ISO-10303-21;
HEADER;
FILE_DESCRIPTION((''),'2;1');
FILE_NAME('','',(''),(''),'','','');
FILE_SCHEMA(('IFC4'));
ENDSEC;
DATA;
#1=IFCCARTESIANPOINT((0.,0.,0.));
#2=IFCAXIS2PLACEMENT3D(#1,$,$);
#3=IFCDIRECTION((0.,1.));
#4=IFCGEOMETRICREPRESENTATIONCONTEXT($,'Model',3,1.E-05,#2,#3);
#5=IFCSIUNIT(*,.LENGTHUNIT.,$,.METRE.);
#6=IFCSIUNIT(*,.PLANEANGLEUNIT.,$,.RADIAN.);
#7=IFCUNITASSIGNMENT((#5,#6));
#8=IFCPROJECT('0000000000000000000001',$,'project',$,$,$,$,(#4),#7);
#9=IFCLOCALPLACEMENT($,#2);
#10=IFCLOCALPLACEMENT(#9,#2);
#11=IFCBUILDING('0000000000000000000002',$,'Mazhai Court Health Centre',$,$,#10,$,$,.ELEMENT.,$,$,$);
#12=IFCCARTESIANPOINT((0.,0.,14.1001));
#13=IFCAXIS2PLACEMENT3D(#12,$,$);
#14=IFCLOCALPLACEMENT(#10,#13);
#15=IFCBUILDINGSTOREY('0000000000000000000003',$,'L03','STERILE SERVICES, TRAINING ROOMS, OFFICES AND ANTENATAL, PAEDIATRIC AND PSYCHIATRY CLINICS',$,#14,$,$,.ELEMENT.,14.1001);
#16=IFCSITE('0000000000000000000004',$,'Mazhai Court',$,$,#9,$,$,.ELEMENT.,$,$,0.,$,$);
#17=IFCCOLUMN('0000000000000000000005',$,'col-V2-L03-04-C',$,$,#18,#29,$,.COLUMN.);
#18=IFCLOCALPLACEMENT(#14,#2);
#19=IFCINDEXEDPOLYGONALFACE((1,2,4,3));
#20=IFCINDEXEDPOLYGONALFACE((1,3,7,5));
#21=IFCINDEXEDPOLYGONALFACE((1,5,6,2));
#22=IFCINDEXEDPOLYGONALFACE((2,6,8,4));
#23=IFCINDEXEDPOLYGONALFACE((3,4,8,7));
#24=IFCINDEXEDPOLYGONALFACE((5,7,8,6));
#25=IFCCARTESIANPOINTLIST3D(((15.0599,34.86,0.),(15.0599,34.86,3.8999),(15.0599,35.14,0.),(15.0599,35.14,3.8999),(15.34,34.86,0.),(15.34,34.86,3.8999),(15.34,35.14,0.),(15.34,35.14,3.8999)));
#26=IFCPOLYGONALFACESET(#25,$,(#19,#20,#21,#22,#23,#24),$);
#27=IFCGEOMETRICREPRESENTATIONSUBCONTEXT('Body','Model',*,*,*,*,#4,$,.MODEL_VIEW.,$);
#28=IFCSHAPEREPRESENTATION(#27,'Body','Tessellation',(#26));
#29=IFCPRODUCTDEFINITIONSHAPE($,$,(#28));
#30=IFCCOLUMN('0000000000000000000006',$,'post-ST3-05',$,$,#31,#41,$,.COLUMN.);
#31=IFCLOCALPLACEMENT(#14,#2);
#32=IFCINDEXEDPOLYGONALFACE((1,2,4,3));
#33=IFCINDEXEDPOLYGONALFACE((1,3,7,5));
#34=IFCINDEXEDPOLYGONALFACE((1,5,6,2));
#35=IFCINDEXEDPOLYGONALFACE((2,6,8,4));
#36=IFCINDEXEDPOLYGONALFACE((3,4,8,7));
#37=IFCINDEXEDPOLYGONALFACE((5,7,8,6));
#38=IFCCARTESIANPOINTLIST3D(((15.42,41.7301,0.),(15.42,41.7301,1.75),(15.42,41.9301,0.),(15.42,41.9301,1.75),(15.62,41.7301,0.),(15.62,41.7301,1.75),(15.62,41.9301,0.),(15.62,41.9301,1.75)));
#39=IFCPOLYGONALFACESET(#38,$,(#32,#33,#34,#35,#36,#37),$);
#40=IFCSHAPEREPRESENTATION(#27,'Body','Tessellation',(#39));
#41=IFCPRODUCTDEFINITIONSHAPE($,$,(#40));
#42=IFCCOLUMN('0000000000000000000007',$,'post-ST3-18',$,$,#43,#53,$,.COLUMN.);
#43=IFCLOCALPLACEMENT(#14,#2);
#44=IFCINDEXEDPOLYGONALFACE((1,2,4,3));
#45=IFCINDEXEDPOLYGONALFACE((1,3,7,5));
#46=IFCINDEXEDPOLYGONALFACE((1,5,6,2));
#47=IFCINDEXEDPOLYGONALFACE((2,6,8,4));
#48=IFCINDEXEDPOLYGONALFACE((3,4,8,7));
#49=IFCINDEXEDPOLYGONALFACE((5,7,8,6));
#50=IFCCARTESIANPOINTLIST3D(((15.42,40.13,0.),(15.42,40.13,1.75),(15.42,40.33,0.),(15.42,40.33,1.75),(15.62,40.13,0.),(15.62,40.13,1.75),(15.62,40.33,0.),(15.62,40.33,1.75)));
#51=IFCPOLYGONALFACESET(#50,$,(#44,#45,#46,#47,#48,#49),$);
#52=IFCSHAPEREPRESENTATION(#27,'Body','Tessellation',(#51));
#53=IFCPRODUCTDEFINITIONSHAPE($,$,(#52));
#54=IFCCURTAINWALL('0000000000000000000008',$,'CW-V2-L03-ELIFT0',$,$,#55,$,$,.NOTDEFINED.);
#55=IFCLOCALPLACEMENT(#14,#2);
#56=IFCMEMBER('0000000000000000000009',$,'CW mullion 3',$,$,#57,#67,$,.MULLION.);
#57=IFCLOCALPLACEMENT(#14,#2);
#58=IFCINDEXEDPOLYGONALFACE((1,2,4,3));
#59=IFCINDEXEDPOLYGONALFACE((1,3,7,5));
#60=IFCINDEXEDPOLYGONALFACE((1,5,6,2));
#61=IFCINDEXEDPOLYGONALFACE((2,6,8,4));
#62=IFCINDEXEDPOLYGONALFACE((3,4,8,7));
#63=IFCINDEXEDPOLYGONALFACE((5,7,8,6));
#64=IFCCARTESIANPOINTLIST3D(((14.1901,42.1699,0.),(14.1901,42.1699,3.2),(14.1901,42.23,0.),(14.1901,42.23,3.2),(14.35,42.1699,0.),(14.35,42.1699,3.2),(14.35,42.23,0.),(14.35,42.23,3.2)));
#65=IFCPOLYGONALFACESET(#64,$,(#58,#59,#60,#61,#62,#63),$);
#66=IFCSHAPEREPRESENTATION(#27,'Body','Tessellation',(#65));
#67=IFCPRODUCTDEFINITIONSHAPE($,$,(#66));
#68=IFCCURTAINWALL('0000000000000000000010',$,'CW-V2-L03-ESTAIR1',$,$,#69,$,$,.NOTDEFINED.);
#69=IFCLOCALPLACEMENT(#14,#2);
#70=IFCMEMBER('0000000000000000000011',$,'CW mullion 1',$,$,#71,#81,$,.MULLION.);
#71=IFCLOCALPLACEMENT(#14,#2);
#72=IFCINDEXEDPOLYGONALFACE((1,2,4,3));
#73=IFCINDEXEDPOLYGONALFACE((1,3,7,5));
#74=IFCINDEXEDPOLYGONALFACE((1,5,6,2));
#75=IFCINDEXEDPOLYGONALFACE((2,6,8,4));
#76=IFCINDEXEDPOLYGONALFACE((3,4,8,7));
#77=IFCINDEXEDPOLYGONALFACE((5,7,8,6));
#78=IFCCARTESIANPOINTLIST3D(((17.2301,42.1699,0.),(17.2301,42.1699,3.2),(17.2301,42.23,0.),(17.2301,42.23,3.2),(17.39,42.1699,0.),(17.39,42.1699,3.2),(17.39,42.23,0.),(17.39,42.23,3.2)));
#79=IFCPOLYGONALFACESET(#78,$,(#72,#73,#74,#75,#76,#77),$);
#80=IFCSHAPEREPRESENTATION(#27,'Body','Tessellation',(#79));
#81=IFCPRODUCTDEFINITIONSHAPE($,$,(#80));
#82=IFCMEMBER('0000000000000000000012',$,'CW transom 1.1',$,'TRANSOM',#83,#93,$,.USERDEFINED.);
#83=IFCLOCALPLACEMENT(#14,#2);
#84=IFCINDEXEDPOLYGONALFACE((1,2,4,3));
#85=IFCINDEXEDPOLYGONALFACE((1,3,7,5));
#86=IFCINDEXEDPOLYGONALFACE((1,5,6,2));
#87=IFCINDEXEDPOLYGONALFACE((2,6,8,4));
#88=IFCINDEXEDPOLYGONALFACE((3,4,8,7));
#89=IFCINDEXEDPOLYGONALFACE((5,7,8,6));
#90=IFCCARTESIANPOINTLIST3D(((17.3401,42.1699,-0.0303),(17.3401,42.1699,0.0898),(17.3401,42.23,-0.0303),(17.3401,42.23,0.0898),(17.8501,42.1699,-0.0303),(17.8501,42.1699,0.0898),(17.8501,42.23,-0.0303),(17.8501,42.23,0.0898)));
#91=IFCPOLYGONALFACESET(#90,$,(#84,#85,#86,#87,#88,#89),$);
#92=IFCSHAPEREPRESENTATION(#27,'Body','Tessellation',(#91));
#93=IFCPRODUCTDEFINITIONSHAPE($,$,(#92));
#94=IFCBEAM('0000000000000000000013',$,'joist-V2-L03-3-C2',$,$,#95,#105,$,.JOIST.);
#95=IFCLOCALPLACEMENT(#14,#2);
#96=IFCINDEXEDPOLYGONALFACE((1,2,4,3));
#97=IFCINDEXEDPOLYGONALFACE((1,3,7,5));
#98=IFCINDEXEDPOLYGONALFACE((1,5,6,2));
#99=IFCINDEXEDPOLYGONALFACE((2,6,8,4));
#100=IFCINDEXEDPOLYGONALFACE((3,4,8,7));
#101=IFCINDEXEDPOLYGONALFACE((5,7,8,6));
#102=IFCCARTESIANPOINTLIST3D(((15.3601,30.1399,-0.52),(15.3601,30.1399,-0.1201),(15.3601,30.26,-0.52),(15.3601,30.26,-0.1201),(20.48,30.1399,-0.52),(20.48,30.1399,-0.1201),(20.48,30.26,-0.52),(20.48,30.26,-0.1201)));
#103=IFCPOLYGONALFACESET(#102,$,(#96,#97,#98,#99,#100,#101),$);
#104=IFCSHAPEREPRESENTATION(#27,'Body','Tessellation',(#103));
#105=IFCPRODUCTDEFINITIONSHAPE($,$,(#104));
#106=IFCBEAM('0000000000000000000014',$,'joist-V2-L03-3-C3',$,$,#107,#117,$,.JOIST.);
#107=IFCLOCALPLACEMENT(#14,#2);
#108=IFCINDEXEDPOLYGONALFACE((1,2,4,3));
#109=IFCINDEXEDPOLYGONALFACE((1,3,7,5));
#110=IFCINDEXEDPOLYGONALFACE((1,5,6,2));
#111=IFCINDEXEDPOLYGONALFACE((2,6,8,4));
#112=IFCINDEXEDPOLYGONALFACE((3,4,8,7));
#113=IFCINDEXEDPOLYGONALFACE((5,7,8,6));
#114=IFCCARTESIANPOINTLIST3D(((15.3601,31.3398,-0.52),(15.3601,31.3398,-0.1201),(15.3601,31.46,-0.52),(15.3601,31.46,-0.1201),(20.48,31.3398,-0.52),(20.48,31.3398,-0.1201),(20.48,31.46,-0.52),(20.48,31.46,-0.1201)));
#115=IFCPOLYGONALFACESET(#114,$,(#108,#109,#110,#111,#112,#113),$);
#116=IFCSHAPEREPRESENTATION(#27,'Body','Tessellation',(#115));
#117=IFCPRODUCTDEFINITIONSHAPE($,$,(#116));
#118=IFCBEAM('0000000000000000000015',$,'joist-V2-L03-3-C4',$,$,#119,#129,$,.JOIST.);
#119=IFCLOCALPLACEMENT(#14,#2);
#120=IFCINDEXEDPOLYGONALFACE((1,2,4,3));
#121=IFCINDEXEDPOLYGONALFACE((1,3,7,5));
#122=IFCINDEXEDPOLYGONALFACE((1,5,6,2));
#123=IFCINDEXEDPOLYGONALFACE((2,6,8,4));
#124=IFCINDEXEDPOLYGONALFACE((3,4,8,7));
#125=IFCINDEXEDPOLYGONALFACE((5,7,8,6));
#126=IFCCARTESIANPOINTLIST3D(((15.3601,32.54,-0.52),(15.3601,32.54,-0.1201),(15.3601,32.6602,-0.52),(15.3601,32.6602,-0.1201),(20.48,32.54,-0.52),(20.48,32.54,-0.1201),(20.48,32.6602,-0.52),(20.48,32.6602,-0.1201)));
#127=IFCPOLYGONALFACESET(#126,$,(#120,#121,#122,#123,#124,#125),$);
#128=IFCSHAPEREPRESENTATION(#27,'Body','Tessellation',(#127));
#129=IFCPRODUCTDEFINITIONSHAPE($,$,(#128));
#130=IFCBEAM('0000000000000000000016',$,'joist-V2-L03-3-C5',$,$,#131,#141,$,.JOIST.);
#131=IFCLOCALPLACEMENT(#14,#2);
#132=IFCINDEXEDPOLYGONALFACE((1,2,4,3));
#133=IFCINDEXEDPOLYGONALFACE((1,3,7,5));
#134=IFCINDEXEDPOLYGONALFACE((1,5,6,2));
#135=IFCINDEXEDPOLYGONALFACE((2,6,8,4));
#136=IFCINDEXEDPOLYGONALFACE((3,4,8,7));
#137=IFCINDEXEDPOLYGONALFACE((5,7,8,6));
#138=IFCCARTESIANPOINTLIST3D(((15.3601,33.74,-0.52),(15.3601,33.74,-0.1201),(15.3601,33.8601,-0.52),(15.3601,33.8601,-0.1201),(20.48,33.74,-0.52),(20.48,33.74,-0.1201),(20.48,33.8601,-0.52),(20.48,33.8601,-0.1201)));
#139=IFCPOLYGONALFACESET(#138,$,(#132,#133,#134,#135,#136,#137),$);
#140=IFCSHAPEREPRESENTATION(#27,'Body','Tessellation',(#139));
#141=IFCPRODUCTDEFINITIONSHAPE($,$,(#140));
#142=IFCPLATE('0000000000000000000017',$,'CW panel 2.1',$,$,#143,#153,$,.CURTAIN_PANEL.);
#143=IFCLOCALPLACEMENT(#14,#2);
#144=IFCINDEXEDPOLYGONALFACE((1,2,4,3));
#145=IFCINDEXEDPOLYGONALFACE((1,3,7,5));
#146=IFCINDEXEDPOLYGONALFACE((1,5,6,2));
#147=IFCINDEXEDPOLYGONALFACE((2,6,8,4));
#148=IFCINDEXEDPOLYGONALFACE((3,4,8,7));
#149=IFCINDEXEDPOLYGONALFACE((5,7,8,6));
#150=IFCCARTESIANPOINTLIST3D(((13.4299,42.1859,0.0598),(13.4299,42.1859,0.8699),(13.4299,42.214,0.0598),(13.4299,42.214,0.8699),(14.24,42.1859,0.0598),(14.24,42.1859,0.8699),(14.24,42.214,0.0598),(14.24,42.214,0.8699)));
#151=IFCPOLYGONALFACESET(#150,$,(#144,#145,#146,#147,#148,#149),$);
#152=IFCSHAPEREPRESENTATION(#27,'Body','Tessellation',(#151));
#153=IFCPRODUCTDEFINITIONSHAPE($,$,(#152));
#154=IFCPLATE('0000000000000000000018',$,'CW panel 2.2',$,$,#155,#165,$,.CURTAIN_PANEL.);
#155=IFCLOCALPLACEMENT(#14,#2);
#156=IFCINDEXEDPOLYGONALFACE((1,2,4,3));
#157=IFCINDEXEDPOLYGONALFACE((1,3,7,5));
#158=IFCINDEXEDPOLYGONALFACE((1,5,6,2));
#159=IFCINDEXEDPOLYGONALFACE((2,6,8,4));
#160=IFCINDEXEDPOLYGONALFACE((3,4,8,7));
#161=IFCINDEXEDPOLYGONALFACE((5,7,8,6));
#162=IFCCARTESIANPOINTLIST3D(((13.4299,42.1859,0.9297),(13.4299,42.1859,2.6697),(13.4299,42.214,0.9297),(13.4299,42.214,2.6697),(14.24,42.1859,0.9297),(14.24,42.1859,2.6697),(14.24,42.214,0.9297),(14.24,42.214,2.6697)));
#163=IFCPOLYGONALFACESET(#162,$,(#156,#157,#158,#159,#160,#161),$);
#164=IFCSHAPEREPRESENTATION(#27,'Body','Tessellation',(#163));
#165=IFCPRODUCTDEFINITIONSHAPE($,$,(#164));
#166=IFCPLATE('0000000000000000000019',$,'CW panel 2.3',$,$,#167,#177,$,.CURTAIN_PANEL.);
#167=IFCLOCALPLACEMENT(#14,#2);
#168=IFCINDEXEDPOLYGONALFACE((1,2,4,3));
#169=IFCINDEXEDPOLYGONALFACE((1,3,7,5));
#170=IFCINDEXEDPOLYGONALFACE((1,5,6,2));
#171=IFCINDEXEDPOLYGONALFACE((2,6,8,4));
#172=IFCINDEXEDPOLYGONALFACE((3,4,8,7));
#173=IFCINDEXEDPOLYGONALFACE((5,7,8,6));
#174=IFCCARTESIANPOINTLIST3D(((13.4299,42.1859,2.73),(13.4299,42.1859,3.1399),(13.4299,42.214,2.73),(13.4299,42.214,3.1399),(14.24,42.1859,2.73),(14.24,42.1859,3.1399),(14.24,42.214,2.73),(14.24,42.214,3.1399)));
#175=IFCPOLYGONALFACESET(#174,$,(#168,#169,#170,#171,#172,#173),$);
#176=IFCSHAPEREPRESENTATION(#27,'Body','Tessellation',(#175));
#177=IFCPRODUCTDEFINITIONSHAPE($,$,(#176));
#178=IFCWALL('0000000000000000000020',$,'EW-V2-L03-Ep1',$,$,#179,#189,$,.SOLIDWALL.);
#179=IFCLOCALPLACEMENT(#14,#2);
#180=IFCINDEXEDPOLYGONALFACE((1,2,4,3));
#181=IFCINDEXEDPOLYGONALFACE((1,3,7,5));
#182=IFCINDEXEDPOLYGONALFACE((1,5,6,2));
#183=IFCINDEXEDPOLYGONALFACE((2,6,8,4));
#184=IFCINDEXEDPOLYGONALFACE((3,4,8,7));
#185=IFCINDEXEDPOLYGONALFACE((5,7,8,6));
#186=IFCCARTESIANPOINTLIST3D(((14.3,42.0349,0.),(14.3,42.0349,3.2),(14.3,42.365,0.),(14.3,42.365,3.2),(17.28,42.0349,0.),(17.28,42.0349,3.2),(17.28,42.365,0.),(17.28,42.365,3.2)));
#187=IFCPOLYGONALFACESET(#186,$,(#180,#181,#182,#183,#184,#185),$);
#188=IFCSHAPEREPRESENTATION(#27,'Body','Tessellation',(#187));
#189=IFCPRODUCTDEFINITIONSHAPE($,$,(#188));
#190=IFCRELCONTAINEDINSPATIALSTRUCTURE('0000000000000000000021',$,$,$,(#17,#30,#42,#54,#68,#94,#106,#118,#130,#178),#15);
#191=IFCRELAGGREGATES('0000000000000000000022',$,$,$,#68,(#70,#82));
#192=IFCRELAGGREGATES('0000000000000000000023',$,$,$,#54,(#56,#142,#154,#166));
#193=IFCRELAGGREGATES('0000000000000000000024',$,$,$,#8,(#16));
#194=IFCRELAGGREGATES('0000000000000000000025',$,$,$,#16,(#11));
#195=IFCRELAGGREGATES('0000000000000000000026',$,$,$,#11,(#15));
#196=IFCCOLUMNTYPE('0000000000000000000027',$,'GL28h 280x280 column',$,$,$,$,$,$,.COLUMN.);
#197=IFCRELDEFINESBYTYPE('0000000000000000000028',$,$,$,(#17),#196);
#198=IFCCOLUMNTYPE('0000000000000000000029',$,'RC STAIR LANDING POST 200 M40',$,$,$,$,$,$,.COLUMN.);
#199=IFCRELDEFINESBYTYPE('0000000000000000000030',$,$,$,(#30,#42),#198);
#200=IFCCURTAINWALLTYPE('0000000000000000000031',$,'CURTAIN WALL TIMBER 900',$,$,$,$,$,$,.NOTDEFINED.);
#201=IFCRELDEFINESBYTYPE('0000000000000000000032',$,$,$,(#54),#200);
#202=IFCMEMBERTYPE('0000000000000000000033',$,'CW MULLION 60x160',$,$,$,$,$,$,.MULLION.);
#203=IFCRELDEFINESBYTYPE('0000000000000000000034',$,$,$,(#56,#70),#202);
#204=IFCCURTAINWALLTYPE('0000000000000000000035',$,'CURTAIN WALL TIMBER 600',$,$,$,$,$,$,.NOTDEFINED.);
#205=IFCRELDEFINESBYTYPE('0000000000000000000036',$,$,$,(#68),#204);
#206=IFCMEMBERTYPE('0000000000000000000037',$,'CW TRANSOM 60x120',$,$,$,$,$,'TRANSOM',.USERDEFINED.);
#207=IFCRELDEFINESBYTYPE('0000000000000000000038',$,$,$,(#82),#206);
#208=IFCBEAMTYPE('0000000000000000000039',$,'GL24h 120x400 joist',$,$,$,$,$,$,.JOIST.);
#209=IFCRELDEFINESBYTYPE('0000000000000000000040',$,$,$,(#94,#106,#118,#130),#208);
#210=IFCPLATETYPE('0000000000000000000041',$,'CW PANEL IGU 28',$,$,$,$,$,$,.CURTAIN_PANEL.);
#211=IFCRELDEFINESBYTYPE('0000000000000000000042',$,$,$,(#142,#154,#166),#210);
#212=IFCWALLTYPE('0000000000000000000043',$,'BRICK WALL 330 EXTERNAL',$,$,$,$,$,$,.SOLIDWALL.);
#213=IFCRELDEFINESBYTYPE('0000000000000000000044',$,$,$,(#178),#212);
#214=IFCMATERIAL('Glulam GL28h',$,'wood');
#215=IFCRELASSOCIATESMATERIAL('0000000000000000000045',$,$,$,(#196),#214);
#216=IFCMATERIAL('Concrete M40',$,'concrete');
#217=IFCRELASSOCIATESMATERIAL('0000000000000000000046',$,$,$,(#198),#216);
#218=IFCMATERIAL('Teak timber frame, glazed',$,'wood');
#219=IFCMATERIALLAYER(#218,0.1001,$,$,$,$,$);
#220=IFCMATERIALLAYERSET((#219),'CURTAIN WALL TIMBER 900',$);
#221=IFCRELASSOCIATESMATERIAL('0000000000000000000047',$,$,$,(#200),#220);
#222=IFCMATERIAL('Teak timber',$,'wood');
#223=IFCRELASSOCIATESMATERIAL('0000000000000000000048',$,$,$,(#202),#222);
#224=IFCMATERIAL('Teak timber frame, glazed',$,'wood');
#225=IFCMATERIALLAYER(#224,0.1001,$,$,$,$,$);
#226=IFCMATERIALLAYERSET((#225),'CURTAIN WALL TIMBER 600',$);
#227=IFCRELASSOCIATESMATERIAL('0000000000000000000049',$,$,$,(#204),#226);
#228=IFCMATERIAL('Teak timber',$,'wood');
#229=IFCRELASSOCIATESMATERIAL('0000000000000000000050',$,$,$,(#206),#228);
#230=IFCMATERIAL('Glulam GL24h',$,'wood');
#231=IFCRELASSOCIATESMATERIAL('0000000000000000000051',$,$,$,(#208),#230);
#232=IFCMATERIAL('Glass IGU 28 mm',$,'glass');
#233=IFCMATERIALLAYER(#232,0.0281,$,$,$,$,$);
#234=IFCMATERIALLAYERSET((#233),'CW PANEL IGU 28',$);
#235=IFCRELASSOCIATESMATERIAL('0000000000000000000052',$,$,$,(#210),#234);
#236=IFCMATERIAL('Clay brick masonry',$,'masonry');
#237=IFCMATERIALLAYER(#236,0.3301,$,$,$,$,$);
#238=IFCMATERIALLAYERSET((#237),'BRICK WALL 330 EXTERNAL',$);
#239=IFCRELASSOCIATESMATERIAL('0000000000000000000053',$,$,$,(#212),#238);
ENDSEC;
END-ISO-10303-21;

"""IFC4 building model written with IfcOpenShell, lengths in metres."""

from ifc_helpers import new_model, si_unit, direction, frame, frame_2d, origin, origin_2d, place, context, subcontext, project, spatial, rectangle, extrude, material, layer, layer_set, material_profile, profile_set, type_object, element, aggregate, save


model = new_model("IFC4")

# Units and contexts
model_context = context("Model", 3, precision=1e-05, world=origin(), true_north=direction((0.0, 1.0)))
body_context = subcontext(model_context, "Body", "Model", "MODEL_VIEW")
ifc_project = project(units=[si_unit("LENGTHUNIT", "METRE"), si_unit("PLANEANGLEUNIT", "RADIAN")], contexts=[model_context])

# Site, building, storey
site_placement = place(None, origin())
site = spatial("IfcSite", under=ifc_project, at=site_placement, Name="Mazhai Court", CompositionType="ELEMENT", RefElevation=0.0)
building_placement = place(site_placement, origin())
building = spatial("IfcBuilding", under=site, at=building_placement, Name="Mazhai Court Health Centre", CompositionType="ELEMENT")
storey_placement = place(building_placement, frame((0.0, 0.0, 14.1001)))
storey = spatial("IfcBuildingStorey", under=building, at=storey_placement, Name="L03", Description="STERILE SERVICES, TRAINING ROOMS, OFFICES AND ANTENATAL, PAEDIATRIC AND PSYCHIATRY CLINICS", CompositionType="ELEMENT", Elevation=14.1001)

# Columns
ifc_material_1 = material(Name="Glulam GL28h", Category="wood")
ifc_material_profile_1 = material_profile(ifc_material_1, rectangle(XDim=0.28, YDim=0.28, at=origin_2d()), Name="GL28h 280x280")
ifc_profile_set_1 = profile_set([ifc_material_profile_1], Name="Glulam GL28h")
column_type_1 = type_object("IfcColumnType", Name="GL28h 280x280 column", PredefinedType="COLUMN", material=ifc_profile_set_1)
column_placement = place(storey_placement, frame((15.2, 35.0, 0.0), z_axis=(0.0, 0.0, 1.0), x_axis=(1.0, 0.0, 0.0)))
element("IfcColumn", 1, at=column_placement, inside=storey, type_object=column_type_1, Name="col-V2-L03-04-C", PredefinedType="COLUMN", context=body_context, shape_type="SweptSolid", body=[
    extrude(rectangle(XDim=0.28, YDim=0.28, at=origin_2d()), origin(), (0.0, 0.0, 1.0), 3.8999),
])
ifc_material_2 = material(Name="Concrete M40", Category="concrete")
ifc_material_profile_2 = material_profile(ifc_material_2, rectangle(XDim=0.2, YDim=0.2, at=origin_2d()), Name="RC 200x200")
ifc_profile_set_2 = profile_set([ifc_material_profile_2], Name="Concrete M40")
column_type_2 = type_object("IfcColumnType", Name="RC STAIR LANDING POST 200 M40", PredefinedType="COLUMN", material=ifc_profile_set_2)
for number, where, z_axis, x_axis, name in (
    (2, (15.52, 41.8301, 0.0), (0.0, 0.0, 1.0), (1.0, 0.0, 0.0), "post-ST3-05"),
    (3, (15.52, 40.23, 0.0), (0.0, 0.0, 1.0), (1.0, 0.0, 0.0), "post-ST3-18"),
):
    element("IfcColumn", number, at=place(storey_placement, frame(where, z_axis=z_axis, x_axis=x_axis)), inside=storey, type_object=column_type_2, Name=name, PredefinedType="COLUMN", context=body_context, shape_type="SweptSolid", body=[
        extrude(rectangle(XDim=0.2, YDim=0.2, at=origin_2d()), origin(), (0.0, 0.0, 1.0), 1.75),
    ])

# Curtain wall, member
ifc_material_3 = material(Name="Teak timber frame, glazed", Category="wood")
ifc_layer_1 = layer(ifc_material_3, 0.1001)
ifc_layer_set_1 = layer_set([ifc_layer_1], Name="CURTAIN WALL TIMBER 900")
curtain_wall_type_1 = type_object("IfcCurtainWallType", Name="CURTAIN WALL TIMBER 900", PredefinedType="NOTDEFINED", material=ifc_layer_set_1)
curtain_wall_1_placement = place(storey_placement, origin())
curtain_wall_1 = element("IfcCurtainWall", 4, at=curtain_wall_1_placement, inside=storey, type_object=curtain_wall_type_1, Name="CW-V2-L03-ELIFT0", PredefinedType="NOTDEFINED")
ifc_material_4 = material(Name="Teak timber", Category="wood")
ifc_material_profile_3 = material_profile(ifc_material_4, rectangle(XDim=0.0601, YDim=0.1599, at=origin_2d()), Name="CW MULLION 60x160")
ifc_profile_set_3 = profile_set([ifc_material_profile_3], Name="Teak timber")
member_type_1 = type_object("IfcMemberType", Name="CW MULLION 60x160", PredefinedType="MULLION", material=ifc_profile_set_3)
member_1_placement = place(storey_placement, frame((14.27, 42.2, 0.0), z_axis=(0.0, 0.0, 1.0), x_axis=(0.0, 1.0, 0.0)))
member_1 = element("IfcMember", 5, at=member_1_placement, type_object=member_type_1, Name="CW mullion 3", PredefinedType="MULLION", context=body_context, shape_type="SweptSolid", body=[
    extrude(rectangle(XDim=0.0601, YDim=0.1599, at=origin_2d()), origin(), (0.0, 0.0, 1.0), 3.2),
])

# Curtain wall, members
ifc_material_5 = material(Name="Teak timber frame, glazed", Category="wood")
ifc_layer_2 = layer(ifc_material_5, 0.1001)
ifc_layer_set_2 = layer_set([ifc_layer_2], Name="CURTAIN WALL TIMBER 600")
curtain_wall_type_2 = type_object("IfcCurtainWallType", Name="CURTAIN WALL TIMBER 600", PredefinedType="NOTDEFINED", material=ifc_layer_set_2)
curtain_wall_2_placement = place(storey_placement, origin())
curtain_wall_2 = element("IfcCurtainWall", 6, at=curtain_wall_2_placement, inside=storey, type_object=curtain_wall_type_2, Name="CW-V2-L03-ESTAIR1", PredefinedType="NOTDEFINED")
member_2_placement = place(storey_placement, frame((17.3101, 42.2, 0.0), z_axis=(0.0, 0.0, 1.0), x_axis=(0.0, 1.0, 0.0)))
member_2 = element("IfcMember", 7, at=member_2_placement, type_object=member_type_1, Name="CW mullion 1", PredefinedType="MULLION", context=body_context, shape_type="SweptSolid", body=[
    extrude(rectangle(XDim=0.0601, YDim=0.1599, at=origin_2d()), origin(), (0.0, 0.0, 1.0), 3.2),
])
ifc_material_6 = material(Name="Teak timber", Category="wood")
ifc_material_profile_4 = material_profile(ifc_material_6, rectangle(XDim=0.0601, YDim=0.1201, at=origin_2d()), Name="CW TRANSOM 60x120")
ifc_profile_set_4 = profile_set([ifc_material_profile_4], Name="Teak timber")
member_type_2 = type_object("IfcMemberType", Name="CW TRANSOM 60x120", ElementType="TRANSOM", PredefinedType="USERDEFINED", material=ifc_profile_set_4)
member_3_placement = place(storey_placement, frame((17.3401, 42.2, 0.0298), z_axis=(1.0, 0.0, 0.0), x_axis=(0.0, 1.0, 0.0)))
member_3 = element("IfcMember", 8, at=member_3_placement, type_object=member_type_2, Name="CW transom 1.1", ObjectType="TRANSOM", PredefinedType="USERDEFINED", context=body_context, shape_type="SweptSolid", body=[
    extrude(rectangle(XDim=0.0601, YDim=0.1201, at=origin_2d()), origin(), (0.0, 0.0, 1.0), 0.51),
])
aggregate(curtain_wall_2, [member_2, member_3])

# Beams
ifc_material_7 = material(Name="Glulam GL24h", Category="wood")
ifc_material_profile_5 = material_profile(ifc_material_7, rectangle(XDim=0.1201, YDim=0.3999, at=origin_2d()), Name="GL24h 120x400")
ifc_profile_set_5 = profile_set([ifc_material_profile_5], Name="Glulam GL24h")
beam_type = type_object("IfcBeamType", Name="GL24h 120x400 joist", PredefinedType="JOIST", material=ifc_profile_set_5)
for number, where, z_axis, x_axis, name in (
    (9, (15.3601, 30.2, -0.3201), (1.0, 0.0, 0.0), (0.0, 1.0, 0.0), "joist-V2-L03-3-C2"),
    (10, (15.3601, 31.3999, -0.3201), (1.0, 0.0, 0.0), (0.0, 1.0, 0.0), "joist-V2-L03-3-C3"),
    (11, (15.3601, 32.6001, -0.3201), (1.0, 0.0, 0.0), (0.0, 1.0, 0.0), "joist-V2-L03-3-C4"),
    (12, (15.3601, 33.8, -0.3201), (1.0, 0.0, 0.0), (0.0, 1.0, 0.0), "joist-V2-L03-3-C5"),
):
    element("IfcBeam", number, at=place(storey_placement, frame(where, z_axis=z_axis, x_axis=x_axis)), inside=storey, type_object=beam_type, Name=name, PredefinedType="JOIST", context=body_context, shape_type="SweptSolid", body=[
        extrude(rectangle(XDim=0.1201, YDim=0.3999, at=origin_2d()), origin(), (0.0, 0.0, 1.0), 5.1199),
    ])

# Plates
ifc_material_8 = material(Name="Glass IGU 28 mm", Category="glass")
ifc_layer_3 = layer(ifc_material_8, 0.0281)
ifc_layer_set_3 = layer_set([ifc_layer_3], Name="CW PANEL IGU 28")
plate_type = type_object("IfcPlateType", Name="CW PANEL IGU 28", PredefinedType="CURTAIN_PANEL", material=ifc_layer_set_3)
plate_1_placement = place(storey_placement, frame((13.835, 42.2, 0.0598), z_axis=(0.0, 0.0, 1.0), x_axis=(1.0, 0.0, 0.0)))
plate_1 = element("IfcPlate", 13, at=plate_1_placement, type_object=plate_type, Name="CW panel 2.1", PredefinedType="CURTAIN_PANEL", context=body_context, shape_type="SweptSolid", body=[
    extrude(rectangle(XDim=0.8101, YDim=0.0281, at=origin_2d()), origin(), (0.0, 0.0, 1.0), 0.8101),
])
plate_2_placement = place(storey_placement, frame((13.835, 42.2, 0.9297), z_axis=(0.0, 0.0, 1.0), x_axis=(1.0, 0.0, 0.0)))
plate_2 = element("IfcPlate", 14, at=plate_2_placement, type_object=plate_type, Name="CW panel 2.2", PredefinedType="CURTAIN_PANEL", context=body_context, shape_type="SweptSolid", body=[
    extrude(rectangle(XDim=0.8101, YDim=0.0281, at=origin_2d()), origin(), (0.0, 0.0, 1.0), 1.74),
])
plate_3_placement = place(storey_placement, frame((13.835, 42.2, 2.73), z_axis=(0.0, 0.0, 1.0), x_axis=(1.0, 0.0, 0.0)))
plate_3 = element("IfcPlate", 15, at=plate_3_placement, type_object=plate_type, Name="CW panel 2.3", PredefinedType="CURTAIN_PANEL", context=body_context, shape_type="SweptSolid", body=[
    extrude(rectangle(XDim=0.8101, YDim=0.0281, at=origin_2d()), origin(), (0.0, 0.0, 1.0), 0.4099),
])
aggregate(curtain_wall_1, [member_1, plate_1, plate_2, plate_3])

# Wall
ifc_material_9 = material(Name="Clay brick masonry", Category="masonry")
ifc_layer_4 = layer(ifc_material_9, 0.3301)
ifc_layer_set_4 = layer_set([ifc_layer_4], Name="BRICK WALL 330 EXTERNAL")
wall_type_1 = type_object("IfcWallType", Name="BRICK WALL 330 EXTERNAL", PredefinedType="SOLIDWALL", material=ifc_layer_set_4)
wall_1_placement = place(storey_placement, frame((14.3, 42.2, 0.0), z_axis=(0.0, 0.0, 1.0), x_axis=(1.0, 0.0, 0.0)))
element("IfcWall", 16, at=wall_1_placement, inside=storey, type_object=wall_type_1, Name="EW-V2-L03-Ep1", PredefinedType="SOLIDWALL", context=body_context, shape_type="SweptSolid", body=[
    extrude(rectangle(XDim=2.98, YDim=0.3301, at=frame_2d((1.49, 0.0))), origin(), (0.0, 0.0, 1.0), 3.2),
])

save(model, "model.ifc")
